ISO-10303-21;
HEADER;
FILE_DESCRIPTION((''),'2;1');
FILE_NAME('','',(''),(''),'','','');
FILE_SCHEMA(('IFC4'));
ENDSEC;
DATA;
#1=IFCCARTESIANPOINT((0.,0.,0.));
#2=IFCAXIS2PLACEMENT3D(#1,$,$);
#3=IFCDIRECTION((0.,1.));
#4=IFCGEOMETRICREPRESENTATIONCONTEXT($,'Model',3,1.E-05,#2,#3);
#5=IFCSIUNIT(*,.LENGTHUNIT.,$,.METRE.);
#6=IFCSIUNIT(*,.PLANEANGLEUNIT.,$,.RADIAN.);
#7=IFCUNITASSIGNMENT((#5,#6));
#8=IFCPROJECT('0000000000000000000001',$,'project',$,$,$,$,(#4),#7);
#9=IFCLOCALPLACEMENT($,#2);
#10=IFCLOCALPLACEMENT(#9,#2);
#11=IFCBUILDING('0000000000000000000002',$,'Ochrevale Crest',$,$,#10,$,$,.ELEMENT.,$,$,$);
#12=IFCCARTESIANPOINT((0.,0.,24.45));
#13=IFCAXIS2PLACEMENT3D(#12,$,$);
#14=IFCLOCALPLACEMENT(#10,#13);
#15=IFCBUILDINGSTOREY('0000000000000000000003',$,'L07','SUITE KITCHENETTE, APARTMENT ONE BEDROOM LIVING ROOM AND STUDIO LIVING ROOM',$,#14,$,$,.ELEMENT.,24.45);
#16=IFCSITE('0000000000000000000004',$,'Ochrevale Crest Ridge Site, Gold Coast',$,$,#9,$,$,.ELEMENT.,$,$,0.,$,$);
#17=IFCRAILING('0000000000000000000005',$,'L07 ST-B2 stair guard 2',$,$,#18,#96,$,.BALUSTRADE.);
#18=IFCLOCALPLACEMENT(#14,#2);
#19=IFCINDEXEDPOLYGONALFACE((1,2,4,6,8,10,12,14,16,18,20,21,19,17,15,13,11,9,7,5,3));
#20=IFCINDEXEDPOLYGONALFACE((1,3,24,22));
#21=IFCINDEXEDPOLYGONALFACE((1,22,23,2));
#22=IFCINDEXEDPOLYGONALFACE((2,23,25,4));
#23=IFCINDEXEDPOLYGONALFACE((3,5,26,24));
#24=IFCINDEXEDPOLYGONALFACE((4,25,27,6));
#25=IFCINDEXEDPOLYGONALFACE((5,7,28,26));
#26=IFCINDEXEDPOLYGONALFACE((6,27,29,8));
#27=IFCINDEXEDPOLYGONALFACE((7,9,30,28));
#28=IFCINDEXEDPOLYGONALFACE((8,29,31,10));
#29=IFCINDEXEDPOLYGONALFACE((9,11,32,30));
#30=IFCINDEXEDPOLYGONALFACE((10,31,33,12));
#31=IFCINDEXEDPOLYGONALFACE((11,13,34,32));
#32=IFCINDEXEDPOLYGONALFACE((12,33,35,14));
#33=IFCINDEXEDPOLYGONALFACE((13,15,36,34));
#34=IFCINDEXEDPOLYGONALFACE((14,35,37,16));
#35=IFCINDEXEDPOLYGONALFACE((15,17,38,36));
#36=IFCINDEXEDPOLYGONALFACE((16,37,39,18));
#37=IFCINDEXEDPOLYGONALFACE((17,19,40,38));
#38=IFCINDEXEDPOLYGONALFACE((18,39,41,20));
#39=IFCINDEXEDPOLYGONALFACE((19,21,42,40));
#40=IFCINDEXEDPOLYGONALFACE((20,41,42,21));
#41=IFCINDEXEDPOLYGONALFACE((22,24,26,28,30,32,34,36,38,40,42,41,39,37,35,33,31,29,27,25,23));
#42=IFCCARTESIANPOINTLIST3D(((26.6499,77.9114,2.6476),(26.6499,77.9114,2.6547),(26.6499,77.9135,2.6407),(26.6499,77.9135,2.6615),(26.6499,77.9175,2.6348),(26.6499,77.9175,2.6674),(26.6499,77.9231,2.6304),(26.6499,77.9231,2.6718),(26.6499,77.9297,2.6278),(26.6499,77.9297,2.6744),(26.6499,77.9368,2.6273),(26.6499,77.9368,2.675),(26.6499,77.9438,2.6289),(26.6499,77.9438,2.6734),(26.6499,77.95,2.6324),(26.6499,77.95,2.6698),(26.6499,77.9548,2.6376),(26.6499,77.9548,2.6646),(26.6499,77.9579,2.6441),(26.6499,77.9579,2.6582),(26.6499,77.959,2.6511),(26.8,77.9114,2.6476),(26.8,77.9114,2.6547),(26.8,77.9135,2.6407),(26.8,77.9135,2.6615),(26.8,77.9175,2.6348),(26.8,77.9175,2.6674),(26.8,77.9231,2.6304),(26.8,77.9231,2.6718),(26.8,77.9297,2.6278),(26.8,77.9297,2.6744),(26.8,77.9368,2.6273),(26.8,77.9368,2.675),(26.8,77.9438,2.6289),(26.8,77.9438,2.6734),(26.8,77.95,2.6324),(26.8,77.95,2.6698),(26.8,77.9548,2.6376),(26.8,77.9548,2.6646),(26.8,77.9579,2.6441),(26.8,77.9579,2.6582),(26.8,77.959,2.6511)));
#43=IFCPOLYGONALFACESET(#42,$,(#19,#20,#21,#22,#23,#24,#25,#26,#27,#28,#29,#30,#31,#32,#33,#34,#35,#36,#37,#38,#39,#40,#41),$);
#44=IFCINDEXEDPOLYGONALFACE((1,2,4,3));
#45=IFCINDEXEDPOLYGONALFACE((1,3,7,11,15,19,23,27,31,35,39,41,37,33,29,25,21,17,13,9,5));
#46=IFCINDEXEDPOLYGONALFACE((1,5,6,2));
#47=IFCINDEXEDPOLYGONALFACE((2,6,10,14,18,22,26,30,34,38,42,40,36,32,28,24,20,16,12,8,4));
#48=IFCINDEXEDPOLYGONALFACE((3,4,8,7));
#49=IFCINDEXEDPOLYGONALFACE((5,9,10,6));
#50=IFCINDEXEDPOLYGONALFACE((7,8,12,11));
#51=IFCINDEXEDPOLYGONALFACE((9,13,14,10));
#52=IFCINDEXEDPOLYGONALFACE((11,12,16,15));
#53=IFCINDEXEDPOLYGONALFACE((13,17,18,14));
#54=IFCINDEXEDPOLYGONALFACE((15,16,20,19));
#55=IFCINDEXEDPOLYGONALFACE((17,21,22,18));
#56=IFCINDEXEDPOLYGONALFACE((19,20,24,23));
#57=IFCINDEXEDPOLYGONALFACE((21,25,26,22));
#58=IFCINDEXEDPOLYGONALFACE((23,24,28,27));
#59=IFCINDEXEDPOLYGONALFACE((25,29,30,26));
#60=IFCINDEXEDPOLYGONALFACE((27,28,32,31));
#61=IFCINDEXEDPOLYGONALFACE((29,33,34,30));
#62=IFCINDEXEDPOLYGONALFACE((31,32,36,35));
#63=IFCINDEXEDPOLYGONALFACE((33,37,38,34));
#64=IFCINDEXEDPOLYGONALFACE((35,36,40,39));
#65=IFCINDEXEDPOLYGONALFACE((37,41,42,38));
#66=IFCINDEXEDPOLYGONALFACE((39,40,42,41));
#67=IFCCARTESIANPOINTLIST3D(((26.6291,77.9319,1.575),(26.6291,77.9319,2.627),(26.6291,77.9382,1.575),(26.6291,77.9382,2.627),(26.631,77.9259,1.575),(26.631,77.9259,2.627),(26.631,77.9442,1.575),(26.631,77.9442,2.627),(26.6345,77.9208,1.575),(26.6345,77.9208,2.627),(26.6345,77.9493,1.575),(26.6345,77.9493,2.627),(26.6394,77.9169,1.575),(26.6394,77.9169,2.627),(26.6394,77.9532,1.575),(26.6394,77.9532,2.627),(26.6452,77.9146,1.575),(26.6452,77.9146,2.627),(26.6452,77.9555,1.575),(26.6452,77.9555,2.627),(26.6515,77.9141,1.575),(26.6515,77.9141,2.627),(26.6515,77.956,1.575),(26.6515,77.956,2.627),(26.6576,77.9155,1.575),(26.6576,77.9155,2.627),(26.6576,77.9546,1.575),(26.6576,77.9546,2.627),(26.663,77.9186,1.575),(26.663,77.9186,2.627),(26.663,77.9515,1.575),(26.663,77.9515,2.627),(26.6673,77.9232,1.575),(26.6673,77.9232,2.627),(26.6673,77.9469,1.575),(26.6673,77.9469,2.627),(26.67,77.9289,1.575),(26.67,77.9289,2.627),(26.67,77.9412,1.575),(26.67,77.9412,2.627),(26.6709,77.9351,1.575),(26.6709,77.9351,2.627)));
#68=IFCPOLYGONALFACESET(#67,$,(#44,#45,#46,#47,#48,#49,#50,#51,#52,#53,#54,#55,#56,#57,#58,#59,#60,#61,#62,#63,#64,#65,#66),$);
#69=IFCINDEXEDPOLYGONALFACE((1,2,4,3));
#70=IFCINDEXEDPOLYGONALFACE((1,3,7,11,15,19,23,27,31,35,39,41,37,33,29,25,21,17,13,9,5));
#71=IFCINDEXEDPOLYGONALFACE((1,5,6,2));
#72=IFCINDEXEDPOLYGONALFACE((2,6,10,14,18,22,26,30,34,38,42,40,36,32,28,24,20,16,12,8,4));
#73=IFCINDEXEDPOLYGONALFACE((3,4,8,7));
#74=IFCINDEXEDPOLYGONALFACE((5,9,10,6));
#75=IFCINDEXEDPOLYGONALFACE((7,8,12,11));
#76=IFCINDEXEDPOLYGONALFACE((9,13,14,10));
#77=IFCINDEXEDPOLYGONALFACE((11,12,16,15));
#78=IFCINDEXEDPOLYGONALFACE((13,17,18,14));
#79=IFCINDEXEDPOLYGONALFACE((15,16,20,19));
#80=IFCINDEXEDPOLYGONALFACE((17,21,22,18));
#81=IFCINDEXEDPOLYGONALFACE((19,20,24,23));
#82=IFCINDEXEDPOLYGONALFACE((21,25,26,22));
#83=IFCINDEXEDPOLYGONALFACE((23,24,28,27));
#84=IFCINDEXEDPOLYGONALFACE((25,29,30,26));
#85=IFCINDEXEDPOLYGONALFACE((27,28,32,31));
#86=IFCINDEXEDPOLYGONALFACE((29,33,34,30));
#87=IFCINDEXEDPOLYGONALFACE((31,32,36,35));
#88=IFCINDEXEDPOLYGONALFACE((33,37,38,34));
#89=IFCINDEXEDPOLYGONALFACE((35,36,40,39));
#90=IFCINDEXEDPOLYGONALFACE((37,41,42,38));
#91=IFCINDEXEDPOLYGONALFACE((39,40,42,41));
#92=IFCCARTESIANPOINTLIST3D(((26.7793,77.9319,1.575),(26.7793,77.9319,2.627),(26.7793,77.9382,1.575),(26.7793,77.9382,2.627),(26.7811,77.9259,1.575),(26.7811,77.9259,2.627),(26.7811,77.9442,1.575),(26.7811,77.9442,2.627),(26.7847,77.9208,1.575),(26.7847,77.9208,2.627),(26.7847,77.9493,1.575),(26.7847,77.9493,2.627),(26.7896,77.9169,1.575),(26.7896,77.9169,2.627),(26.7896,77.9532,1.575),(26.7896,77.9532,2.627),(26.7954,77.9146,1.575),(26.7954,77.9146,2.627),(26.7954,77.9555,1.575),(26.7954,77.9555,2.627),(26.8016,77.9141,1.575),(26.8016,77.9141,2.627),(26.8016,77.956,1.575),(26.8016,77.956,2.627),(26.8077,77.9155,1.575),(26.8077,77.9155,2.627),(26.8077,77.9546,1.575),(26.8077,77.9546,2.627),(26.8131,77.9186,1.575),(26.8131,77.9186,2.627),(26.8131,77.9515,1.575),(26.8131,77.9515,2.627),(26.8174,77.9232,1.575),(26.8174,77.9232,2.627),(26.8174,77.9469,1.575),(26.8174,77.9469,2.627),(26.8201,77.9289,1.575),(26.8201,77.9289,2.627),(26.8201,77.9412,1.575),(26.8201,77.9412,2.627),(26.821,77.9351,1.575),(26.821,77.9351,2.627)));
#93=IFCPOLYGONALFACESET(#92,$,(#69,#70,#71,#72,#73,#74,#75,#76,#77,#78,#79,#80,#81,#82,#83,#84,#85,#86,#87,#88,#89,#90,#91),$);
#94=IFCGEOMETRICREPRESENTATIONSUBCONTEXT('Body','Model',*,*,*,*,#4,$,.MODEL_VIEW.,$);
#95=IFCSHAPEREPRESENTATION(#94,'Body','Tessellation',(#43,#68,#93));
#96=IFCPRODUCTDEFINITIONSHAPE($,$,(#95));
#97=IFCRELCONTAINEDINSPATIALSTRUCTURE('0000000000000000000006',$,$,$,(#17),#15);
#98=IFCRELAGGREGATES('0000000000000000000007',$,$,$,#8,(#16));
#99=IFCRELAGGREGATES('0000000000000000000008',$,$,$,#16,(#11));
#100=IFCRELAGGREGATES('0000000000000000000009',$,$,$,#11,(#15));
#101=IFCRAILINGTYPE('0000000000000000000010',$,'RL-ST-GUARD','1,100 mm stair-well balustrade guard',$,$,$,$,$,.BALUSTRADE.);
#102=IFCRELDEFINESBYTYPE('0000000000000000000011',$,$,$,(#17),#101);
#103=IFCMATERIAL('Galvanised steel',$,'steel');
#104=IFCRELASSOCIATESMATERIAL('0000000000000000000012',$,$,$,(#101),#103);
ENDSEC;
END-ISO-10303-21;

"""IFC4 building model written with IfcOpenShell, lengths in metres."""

from ifc_helpers import new_model, si_unit, direction, frame, origin, origin_2d, place, context, subcontext, project, spatial, circle, extrude, material, type_object, element, save


model = new_model("IFC4")

# Units and contexts
model_context = context("Model", 3, precision=1e-05, world=origin(), true_north=direction((0.0, 1.0)))
body_context = subcontext(model_context, "Body", "Model", "MODEL_VIEW")
ifc_project = project(units=[si_unit("LENGTHUNIT", "METRE"), si_unit("PLANEANGLEUNIT", "RADIAN")], contexts=[model_context])

# Site, building, storey
site_placement = place(None, origin())
site = spatial("IfcSite", under=ifc_project, at=site_placement, Name="Ochrevale Crest Ridge Site, Gold Coast", CompositionType="ELEMENT", RefElevation=0.0)
building_placement = place(site_placement, origin())
building = spatial("IfcBuilding", under=site, at=building_placement, Name="Ochrevale Crest", CompositionType="ELEMENT")
storey_placement = place(building_placement, frame((0.0, 0.0, 24.45)))
storey = spatial("IfcBuildingStorey", under=building, at=storey_placement, Name="L07", Description="SUITE KITCHENETTE, APARTMENT ONE BEDROOM LIVING ROOM AND STUDIO LIVING ROOM", CompositionType="ELEMENT", Elevation=24.45)

# Railing
ifc_material_1 = material(Name="Galvanised steel", Category="steel")
railing_type_1 = type_object("IfcRailingType", Name="RL-ST-GUARD", Description="1,100 mm stair-well balustrade guard", PredefinedType="BALUSTRADE", material=ifc_material_1)
railing_1_placement = place(storey_placement, frame((26.6499, 77.9351, 1.575)))
element("IfcRailing", 1, at=railing_1_placement, inside=storey, type_object=railing_type_1, Name="L07 ST-B2 stair guard 2", PredefinedType="BALUSTRADE", context=body_context, shape_type="SweptSolid", body=[
    extrude(circle(Radius=0.0239, at=origin_2d()), frame((0.0, 0.0, 1.0762), z_axis=(1.0, 0.0, 0.0), x_axis=(0.0, 1.0, 0.0)), (0.0, 0.0, 1.0), 0.1501),
    extrude(circle(Radius=0.021, at=origin_2d()), origin(), (0.0, 0.0, 1.0), 1.052),
    extrude(circle(Radius=0.021, at=origin_2d()), frame((0.1501, 0.0, 0.0)), (0.0, 0.0, 1.0), 1.052),
])

save(model, "model.ifc")
